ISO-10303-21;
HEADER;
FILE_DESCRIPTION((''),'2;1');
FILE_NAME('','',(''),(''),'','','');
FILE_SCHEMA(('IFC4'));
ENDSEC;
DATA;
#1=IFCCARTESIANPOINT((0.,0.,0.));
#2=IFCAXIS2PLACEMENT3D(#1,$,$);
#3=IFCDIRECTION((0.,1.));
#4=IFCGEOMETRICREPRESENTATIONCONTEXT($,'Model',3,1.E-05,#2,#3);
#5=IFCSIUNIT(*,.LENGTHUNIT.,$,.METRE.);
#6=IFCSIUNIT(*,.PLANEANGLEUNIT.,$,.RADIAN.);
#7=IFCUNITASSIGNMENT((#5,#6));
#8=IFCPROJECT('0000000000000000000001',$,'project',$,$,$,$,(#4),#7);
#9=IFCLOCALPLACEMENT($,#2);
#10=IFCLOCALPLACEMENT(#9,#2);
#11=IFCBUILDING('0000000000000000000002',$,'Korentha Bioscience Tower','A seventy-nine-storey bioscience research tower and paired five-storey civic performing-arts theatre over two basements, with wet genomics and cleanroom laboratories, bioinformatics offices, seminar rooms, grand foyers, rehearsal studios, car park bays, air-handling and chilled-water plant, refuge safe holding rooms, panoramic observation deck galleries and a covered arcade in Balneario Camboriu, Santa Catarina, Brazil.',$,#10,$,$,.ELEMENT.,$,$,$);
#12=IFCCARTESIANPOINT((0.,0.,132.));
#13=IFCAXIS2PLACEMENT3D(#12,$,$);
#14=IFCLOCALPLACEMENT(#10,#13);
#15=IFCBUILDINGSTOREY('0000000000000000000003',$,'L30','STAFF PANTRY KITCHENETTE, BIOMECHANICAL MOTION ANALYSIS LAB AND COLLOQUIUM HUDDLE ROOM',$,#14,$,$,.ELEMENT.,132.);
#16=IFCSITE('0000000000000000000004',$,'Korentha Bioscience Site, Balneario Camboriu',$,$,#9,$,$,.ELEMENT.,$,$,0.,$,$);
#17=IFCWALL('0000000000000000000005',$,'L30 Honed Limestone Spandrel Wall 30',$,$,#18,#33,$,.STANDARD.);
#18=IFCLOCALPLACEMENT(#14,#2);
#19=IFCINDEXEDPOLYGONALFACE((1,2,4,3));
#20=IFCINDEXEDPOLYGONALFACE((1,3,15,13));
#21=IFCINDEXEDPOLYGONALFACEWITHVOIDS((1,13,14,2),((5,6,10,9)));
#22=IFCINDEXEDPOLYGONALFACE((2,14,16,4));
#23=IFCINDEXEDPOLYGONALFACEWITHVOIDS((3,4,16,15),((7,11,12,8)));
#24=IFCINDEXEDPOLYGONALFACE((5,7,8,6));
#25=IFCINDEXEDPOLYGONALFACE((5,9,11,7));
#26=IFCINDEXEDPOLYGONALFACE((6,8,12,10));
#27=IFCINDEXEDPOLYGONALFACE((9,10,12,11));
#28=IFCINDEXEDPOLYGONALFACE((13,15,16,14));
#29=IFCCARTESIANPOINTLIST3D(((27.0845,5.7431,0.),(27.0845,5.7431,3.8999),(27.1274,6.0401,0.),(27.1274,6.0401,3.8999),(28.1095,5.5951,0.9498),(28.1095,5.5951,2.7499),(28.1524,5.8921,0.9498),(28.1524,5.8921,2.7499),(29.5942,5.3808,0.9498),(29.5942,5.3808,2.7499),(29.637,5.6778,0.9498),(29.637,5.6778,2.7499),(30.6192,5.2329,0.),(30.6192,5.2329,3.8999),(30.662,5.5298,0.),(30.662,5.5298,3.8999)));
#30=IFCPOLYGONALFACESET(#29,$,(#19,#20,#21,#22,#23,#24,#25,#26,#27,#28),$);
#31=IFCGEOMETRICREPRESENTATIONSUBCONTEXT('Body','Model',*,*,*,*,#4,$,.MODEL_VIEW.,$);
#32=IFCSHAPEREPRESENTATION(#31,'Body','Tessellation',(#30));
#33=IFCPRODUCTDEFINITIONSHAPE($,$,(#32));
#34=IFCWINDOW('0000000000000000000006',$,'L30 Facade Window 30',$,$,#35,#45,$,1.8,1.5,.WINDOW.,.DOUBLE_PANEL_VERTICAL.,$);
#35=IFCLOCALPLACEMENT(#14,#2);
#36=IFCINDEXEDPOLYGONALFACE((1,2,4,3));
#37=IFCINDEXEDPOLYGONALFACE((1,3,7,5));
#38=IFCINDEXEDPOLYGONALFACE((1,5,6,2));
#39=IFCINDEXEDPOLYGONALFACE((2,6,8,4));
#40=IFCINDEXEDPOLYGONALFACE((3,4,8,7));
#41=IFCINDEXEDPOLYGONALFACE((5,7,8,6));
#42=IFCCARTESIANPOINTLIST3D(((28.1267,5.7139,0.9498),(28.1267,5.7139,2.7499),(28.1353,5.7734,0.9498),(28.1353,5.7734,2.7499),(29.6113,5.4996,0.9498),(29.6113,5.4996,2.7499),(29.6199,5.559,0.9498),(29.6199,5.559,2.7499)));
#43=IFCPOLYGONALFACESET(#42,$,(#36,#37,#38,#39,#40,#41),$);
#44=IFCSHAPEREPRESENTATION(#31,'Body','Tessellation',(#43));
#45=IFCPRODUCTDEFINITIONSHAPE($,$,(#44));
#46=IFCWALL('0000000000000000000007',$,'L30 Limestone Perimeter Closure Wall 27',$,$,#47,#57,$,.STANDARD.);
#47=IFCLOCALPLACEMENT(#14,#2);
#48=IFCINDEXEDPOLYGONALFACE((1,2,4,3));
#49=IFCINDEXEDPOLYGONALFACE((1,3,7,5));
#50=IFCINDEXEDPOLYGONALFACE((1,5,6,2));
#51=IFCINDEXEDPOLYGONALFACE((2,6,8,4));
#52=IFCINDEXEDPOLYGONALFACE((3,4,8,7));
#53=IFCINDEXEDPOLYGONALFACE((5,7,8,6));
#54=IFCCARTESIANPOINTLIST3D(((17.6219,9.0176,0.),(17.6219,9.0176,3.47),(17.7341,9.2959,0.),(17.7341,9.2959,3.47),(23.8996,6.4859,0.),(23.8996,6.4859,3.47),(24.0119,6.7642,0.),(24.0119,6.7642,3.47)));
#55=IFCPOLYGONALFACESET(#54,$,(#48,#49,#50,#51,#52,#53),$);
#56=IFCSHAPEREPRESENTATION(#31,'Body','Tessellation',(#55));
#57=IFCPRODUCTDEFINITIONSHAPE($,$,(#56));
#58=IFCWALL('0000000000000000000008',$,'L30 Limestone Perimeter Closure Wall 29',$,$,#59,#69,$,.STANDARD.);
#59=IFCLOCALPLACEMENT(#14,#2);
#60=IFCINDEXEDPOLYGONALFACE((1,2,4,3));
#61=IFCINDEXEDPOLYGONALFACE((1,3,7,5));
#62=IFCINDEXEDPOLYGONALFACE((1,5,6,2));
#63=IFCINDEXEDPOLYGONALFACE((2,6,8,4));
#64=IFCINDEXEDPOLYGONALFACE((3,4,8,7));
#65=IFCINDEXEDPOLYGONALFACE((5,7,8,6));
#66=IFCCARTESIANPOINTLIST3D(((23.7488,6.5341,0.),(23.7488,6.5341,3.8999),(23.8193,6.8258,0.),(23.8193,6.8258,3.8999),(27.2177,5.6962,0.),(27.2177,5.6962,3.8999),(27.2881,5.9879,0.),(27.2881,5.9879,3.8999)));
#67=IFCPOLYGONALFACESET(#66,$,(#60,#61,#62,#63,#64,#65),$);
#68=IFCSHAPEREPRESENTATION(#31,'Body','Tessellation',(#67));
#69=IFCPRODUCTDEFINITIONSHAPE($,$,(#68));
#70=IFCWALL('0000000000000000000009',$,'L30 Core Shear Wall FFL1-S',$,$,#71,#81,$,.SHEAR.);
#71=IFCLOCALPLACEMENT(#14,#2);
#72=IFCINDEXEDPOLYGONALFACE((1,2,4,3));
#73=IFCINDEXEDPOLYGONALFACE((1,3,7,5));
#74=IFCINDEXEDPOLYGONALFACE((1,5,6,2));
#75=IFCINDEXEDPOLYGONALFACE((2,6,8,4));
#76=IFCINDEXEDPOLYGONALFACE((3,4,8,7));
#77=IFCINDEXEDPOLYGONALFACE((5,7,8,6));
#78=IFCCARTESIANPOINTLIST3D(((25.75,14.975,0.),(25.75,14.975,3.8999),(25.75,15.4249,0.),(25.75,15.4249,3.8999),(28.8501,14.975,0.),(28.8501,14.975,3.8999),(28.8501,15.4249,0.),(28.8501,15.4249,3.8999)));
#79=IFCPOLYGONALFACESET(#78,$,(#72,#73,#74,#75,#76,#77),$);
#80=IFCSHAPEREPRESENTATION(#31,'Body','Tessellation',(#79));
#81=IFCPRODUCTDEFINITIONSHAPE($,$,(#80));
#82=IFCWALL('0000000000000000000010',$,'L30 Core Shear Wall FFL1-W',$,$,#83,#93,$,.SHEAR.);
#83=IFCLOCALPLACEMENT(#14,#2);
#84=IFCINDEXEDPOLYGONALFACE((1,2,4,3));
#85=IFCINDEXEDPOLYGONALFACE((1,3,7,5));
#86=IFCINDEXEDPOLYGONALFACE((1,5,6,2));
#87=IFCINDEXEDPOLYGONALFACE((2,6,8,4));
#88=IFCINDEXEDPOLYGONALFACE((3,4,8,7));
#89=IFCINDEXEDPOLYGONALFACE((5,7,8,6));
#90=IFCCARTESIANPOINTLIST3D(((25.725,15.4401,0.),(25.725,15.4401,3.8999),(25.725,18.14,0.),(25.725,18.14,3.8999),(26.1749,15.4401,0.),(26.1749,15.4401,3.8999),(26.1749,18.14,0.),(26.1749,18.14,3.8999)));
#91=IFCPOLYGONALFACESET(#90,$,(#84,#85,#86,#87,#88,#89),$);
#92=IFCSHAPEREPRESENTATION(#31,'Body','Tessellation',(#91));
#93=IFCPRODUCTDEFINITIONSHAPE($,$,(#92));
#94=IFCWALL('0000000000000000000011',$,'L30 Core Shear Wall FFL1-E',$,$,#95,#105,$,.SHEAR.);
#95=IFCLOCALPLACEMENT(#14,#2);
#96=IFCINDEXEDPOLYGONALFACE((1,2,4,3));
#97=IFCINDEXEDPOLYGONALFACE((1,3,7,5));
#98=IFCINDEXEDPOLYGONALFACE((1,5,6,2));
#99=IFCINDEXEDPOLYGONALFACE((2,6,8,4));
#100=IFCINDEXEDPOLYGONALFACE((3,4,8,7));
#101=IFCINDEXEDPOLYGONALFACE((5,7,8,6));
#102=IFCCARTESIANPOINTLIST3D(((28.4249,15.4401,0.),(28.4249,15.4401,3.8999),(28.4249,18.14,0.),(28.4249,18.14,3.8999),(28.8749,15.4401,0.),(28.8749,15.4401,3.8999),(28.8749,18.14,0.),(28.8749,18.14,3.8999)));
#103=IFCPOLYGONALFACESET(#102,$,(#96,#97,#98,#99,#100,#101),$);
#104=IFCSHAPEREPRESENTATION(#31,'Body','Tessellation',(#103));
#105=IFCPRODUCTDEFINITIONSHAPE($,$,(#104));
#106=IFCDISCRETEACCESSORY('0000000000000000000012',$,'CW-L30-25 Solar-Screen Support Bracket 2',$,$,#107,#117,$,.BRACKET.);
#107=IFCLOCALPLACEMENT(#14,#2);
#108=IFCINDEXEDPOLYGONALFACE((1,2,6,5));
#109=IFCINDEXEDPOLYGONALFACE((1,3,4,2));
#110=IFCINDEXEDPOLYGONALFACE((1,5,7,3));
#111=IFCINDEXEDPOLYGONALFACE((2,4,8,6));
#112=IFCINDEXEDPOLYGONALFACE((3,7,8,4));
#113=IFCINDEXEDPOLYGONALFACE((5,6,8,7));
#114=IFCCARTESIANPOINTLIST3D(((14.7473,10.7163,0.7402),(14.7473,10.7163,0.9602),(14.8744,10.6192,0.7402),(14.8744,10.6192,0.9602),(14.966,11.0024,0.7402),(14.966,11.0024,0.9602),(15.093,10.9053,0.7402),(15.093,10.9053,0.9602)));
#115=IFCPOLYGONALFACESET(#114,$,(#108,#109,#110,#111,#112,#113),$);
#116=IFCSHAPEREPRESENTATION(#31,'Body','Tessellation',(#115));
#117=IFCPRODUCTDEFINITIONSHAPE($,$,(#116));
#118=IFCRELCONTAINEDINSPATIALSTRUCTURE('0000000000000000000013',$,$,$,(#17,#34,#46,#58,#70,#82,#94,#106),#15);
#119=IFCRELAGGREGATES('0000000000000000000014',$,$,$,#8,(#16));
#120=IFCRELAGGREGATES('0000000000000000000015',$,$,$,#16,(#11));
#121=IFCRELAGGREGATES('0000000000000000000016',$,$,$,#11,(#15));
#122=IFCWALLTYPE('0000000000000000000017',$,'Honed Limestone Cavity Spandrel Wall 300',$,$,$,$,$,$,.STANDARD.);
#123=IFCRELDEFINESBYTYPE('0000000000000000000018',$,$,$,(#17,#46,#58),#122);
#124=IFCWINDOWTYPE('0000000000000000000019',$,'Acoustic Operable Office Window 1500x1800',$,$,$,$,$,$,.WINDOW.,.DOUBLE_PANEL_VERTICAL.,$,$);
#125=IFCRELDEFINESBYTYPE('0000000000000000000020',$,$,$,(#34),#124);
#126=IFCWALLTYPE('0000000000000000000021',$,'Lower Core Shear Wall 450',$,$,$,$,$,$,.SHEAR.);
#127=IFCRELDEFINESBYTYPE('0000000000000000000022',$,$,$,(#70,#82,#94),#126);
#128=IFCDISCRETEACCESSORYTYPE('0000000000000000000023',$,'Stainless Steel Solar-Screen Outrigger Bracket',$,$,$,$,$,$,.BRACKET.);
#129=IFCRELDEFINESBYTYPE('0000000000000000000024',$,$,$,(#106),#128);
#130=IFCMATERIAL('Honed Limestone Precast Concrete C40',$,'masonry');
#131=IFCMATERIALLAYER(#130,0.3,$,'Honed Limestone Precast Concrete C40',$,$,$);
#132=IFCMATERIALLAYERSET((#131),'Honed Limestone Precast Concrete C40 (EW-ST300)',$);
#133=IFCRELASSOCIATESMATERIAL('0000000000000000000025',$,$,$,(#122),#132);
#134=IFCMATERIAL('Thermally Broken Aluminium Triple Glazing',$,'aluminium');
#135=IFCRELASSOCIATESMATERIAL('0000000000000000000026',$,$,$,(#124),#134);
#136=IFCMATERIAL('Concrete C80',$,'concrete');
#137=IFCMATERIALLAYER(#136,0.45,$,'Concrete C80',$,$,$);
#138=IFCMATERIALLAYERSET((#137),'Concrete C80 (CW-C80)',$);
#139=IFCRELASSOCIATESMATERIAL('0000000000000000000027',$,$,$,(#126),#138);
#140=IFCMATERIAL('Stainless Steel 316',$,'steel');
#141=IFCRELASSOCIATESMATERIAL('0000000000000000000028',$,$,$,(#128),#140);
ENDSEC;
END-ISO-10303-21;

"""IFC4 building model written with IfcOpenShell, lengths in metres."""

from ifc_helpers import new_model, si_unit, direction, frame, frame_2d, origin, origin_2d, place, context, subcontext, project, spatial, rectangle, extrude, material, layer, layer_set, type_object, element, fill, save


model = new_model("IFC4")

# Units and contexts
model_context = context("Model", 3, precision=1e-05, world=origin(), true_north=direction((0.0, 1.0)))
body_context = subcontext(model_context, "Body", "Model", "MODEL_VIEW")
ifc_project = project(units=[si_unit("LENGTHUNIT", "METRE"), si_unit("PLANEANGLEUNIT", "RADIAN")], contexts=[model_context])

# Site, building, storey
site_placement = place(None, origin())
site = spatial("IfcSite", under=ifc_project, at=site_placement, Name="Korentha Bioscience Site, Balneario Camboriu", CompositionType="ELEMENT", RefElevation=0.0)
building_placement = place(site_placement, origin())
building = spatial("IfcBuilding", under=site, at=building_placement, Name="Korentha Bioscience Tower", Description="A seventy-nine-storey bioscience research tower and paired five-storey civic performing-arts theatre over two basements, with wet genomics and cleanroom laboratories, bioinformatics offices, seminar rooms, grand foyers, rehearsal studios, car park bays, air-handling and chilled-water plant, refuge safe holding rooms, panoramic observation deck galleries and a covered arcade in Balneario Camboriu, Santa Catarina, Brazil.", CompositionType="ELEMENT")
storey_placement = place(building_placement, frame((0.0, 0.0, 132.0)))
storey = spatial("IfcBuildingStorey", under=building, at=storey_placement, Name="L30", Description="STAFF PANTRY KITCHENETTE, BIOMECHANICAL MOTION ANALYSIS LAB AND COLLOQUIUM HUDDLE ROOM", CompositionType="ELEMENT", Elevation=132.0)

# Shared definitions
ifc_material_1 = material(Name="Concrete C80", Category="concrete")

# Wall, opening, window
ifc_material_2 = material(Name="Honed Limestone Precast Concrete C40", Category="masonry")
ifc_layer_1 = layer(ifc_material_2, 0.3, Name="Honed Limestone Precast Concrete C40")
ifc_layer_set_1 = layer_set([ifc_layer_1], Name="Honed Limestone Precast Concrete C40 (EW-ST300)")
wall_type_1 = type_object("IfcWallType", Name="Honed Limestone Cavity Spandrel Wall 300", PredefinedType="STANDARD", material=ifc_layer_set_1)
ifc_material_3 = material(Name="Thermally Broken Aluminium Triple Glazing", Category="aluminium")
window_type = type_object("IfcWindowType", Name="Acoustic Operable Office Window 1500x1800", PartitioningType="DOUBLE_PANEL_VERTICAL", PredefinedType="WINDOW", material=ifc_material_3)
wall_1_placement = place(storey_placement, frame((27.106, 5.8916, 0.0), z_axis=(0.0, 0.0, 1.0), x_axis=(0.989741, -0.142876, 0.0)))
wall_1 = element("IfcWall", 1, at=wall_1_placement, inside=storey, type_object=wall_type_1, Name="L30 Honed Limestone Spandrel Wall 30", PredefinedType="STANDARD", context=body_context, shape_type="SweptSolid", body=[
    extrude(rectangle(XDim=3.5713, YDim=0.3, at=frame_2d((1.7856, 0.0))), origin(), (0.0, 0.0, 1.0), 3.8999),
])
opening_1_placement = place(wall_1_placement, frame((1.0356, 0.0, 0.95)))
opening_1 = element("IfcOpeningElement", 2, at=opening_1_placement, cuts=wall_1, PredefinedType="OPENING", context=body_context, shape_type="SweptSolid", body=[
    extrude(rectangle(XDim=1.5, YDim=1.8, at=frame_2d((0.75, 0.8999))), frame((0.0, 0.165, 0.0), z_axis=(0.0, -1.0, 0.0), x_axis=(1.0, 0.0, 0.0)), (0.0, 0.0, 1.0), 0.3298),
])
window_1_placement = place(opening_1_placement, origin())
window_1 = element("IfcWindow", 3, at=window_1_placement, inside=storey, type_object=window_type, Name="L30 Facade Window 30", OverallHeight=1.8, OverallWidth=1.5, PartitioningType="DOUBLE_PANEL_VERTICAL", PredefinedType="WINDOW", context=body_context, shape_type="SweptSolid", body=[
    extrude(rectangle(XDim=1.5, YDim=1.8, at=frame_2d((0.75, 0.8999))), frame((0.0, 0.03, 0.0), z_axis=(0.0, -1.0, 0.0), x_axis=(1.0, 0.0, 0.0)), (0.0, 0.0, 1.0), 0.0601),
])
fill(opening_1, window_1)

# Walls
wall_2_placement = place(storey_placement, frame((17.678, 9.1567, 0.0), z_axis=(0.0, 0.0, 1.0), x_axis=(0.927423, -0.374013, 0.0)))
element("IfcWall", 4, at=wall_2_placement, inside=storey, type_object=wall_type_1, Name="L30 Limestone Perimeter Closure Wall 27", PredefinedType="STANDARD", context=body_context, shape_type="SweptSolid", body=[
    extrude(rectangle(XDim=6.769, YDim=0.3, at=frame_2d((3.3845, 0.0))), origin(), (0.0, 0.0, 1.0), 3.47),
])
wall_3_placement = place(storey_placement, frame((23.7842, 6.6799, 0.0), z_axis=(0.0, 0.0, 1.0), x_axis=(0.972043, -0.234801, 0.0)))
element("IfcWall", 5, at=wall_3_placement, inside=storey, type_object=wall_type_1, Name="L30 Limestone Perimeter Closure Wall 29", PredefinedType="STANDARD", context=body_context, shape_type="SweptSolid", body=[
    extrude(rectangle(XDim=3.5686, YDim=0.3, at=frame_2d((1.7842, 0.0))), origin(), (0.0, 0.0, 1.0), 3.8999),
])
ifc_layer_2 = layer(ifc_material_1, 0.45, Name="Concrete C80")
ifc_layer_set_2 = layer_set([ifc_layer_2], Name="Concrete C80 (CW-C80)")
wall_type_2 = type_object("IfcWallType", Name="Lower Core Shear Wall 450", PredefinedType="SHEAR", material=ifc_layer_set_2)
wall_4_placement = place(storey_placement, frame((25.75, 15.2, 0.0), z_axis=(0.0, 0.0, 1.0), x_axis=(1.0, 0.0, 0.0)))
element("IfcWall", 6, at=wall_4_placement, inside=storey, type_object=wall_type_2, Name="L30 Core Shear Wall FFL1-S", PredefinedType="SHEAR", context=body_context, shape_type="SweptSolid", body=[
    extrude(rectangle(XDim=3.1001, YDim=0.45, at=frame_2d((1.55, 0.0))), origin(), (0.0, 0.0, 1.0), 3.8999),
])
for number, where, z_axis, x_axis, name in (
    (7, (25.95, 15.4399, 0.0), (0.0, 0.0, 1.0), (0.0, 1.0, 0.0), "L30 Core Shear Wall FFL1-W"),
    (8, (28.6499, 15.4399, 0.0), (0.0, 0.0, 1.0), (0.0, 1.0, 0.0), "L30 Core Shear Wall FFL1-E"),
):
    element("IfcWall", number, at=place(storey_placement, frame(where, z_axis=z_axis, x_axis=x_axis)), inside=storey, type_object=wall_type_2, Name=name, PredefinedType="SHEAR", context=body_context, shape_type="SweptSolid", body=[
        extrude(rectangle(XDim=2.7, YDim=0.45, at=frame_2d((1.3501, 0.0))), origin(), (0.0, 0.0, 1.0), 3.8999),
    ])

# Discrete accessory
ifc_material_4 = material(Name="Stainless Steel 316", Category="steel")
discrete_accessory_type = type_object("IfcDiscreteAccessoryType", Name="Stainless Steel Solar-Screen Outrigger Bracket", PredefinedType="BRACKET", material=ifc_material_4)
discrete_accessory_placement = place(storey_placement, frame((14.9202, 10.8108, 0.7402), z_axis=(0.0, 0.0, 1.0), x_axis=(0.7945, -0.607265, 0.0)))
element("IfcDiscreteAccessory", 9, at=discrete_accessory_placement, inside=storey, type_object=discrete_accessory_type, Name="CW-L30-25 Solar-Screen Support Bracket 2", PredefinedType="BRACKET", context=body_context, shape_type="SweptSolid", body=[
    extrude(rectangle(XDim=0.1599, YDim=0.3601, at=origin_2d()), origin(), (0.0, 0.0, 1.0), 0.22),
])

save(model, "model.ifc")
